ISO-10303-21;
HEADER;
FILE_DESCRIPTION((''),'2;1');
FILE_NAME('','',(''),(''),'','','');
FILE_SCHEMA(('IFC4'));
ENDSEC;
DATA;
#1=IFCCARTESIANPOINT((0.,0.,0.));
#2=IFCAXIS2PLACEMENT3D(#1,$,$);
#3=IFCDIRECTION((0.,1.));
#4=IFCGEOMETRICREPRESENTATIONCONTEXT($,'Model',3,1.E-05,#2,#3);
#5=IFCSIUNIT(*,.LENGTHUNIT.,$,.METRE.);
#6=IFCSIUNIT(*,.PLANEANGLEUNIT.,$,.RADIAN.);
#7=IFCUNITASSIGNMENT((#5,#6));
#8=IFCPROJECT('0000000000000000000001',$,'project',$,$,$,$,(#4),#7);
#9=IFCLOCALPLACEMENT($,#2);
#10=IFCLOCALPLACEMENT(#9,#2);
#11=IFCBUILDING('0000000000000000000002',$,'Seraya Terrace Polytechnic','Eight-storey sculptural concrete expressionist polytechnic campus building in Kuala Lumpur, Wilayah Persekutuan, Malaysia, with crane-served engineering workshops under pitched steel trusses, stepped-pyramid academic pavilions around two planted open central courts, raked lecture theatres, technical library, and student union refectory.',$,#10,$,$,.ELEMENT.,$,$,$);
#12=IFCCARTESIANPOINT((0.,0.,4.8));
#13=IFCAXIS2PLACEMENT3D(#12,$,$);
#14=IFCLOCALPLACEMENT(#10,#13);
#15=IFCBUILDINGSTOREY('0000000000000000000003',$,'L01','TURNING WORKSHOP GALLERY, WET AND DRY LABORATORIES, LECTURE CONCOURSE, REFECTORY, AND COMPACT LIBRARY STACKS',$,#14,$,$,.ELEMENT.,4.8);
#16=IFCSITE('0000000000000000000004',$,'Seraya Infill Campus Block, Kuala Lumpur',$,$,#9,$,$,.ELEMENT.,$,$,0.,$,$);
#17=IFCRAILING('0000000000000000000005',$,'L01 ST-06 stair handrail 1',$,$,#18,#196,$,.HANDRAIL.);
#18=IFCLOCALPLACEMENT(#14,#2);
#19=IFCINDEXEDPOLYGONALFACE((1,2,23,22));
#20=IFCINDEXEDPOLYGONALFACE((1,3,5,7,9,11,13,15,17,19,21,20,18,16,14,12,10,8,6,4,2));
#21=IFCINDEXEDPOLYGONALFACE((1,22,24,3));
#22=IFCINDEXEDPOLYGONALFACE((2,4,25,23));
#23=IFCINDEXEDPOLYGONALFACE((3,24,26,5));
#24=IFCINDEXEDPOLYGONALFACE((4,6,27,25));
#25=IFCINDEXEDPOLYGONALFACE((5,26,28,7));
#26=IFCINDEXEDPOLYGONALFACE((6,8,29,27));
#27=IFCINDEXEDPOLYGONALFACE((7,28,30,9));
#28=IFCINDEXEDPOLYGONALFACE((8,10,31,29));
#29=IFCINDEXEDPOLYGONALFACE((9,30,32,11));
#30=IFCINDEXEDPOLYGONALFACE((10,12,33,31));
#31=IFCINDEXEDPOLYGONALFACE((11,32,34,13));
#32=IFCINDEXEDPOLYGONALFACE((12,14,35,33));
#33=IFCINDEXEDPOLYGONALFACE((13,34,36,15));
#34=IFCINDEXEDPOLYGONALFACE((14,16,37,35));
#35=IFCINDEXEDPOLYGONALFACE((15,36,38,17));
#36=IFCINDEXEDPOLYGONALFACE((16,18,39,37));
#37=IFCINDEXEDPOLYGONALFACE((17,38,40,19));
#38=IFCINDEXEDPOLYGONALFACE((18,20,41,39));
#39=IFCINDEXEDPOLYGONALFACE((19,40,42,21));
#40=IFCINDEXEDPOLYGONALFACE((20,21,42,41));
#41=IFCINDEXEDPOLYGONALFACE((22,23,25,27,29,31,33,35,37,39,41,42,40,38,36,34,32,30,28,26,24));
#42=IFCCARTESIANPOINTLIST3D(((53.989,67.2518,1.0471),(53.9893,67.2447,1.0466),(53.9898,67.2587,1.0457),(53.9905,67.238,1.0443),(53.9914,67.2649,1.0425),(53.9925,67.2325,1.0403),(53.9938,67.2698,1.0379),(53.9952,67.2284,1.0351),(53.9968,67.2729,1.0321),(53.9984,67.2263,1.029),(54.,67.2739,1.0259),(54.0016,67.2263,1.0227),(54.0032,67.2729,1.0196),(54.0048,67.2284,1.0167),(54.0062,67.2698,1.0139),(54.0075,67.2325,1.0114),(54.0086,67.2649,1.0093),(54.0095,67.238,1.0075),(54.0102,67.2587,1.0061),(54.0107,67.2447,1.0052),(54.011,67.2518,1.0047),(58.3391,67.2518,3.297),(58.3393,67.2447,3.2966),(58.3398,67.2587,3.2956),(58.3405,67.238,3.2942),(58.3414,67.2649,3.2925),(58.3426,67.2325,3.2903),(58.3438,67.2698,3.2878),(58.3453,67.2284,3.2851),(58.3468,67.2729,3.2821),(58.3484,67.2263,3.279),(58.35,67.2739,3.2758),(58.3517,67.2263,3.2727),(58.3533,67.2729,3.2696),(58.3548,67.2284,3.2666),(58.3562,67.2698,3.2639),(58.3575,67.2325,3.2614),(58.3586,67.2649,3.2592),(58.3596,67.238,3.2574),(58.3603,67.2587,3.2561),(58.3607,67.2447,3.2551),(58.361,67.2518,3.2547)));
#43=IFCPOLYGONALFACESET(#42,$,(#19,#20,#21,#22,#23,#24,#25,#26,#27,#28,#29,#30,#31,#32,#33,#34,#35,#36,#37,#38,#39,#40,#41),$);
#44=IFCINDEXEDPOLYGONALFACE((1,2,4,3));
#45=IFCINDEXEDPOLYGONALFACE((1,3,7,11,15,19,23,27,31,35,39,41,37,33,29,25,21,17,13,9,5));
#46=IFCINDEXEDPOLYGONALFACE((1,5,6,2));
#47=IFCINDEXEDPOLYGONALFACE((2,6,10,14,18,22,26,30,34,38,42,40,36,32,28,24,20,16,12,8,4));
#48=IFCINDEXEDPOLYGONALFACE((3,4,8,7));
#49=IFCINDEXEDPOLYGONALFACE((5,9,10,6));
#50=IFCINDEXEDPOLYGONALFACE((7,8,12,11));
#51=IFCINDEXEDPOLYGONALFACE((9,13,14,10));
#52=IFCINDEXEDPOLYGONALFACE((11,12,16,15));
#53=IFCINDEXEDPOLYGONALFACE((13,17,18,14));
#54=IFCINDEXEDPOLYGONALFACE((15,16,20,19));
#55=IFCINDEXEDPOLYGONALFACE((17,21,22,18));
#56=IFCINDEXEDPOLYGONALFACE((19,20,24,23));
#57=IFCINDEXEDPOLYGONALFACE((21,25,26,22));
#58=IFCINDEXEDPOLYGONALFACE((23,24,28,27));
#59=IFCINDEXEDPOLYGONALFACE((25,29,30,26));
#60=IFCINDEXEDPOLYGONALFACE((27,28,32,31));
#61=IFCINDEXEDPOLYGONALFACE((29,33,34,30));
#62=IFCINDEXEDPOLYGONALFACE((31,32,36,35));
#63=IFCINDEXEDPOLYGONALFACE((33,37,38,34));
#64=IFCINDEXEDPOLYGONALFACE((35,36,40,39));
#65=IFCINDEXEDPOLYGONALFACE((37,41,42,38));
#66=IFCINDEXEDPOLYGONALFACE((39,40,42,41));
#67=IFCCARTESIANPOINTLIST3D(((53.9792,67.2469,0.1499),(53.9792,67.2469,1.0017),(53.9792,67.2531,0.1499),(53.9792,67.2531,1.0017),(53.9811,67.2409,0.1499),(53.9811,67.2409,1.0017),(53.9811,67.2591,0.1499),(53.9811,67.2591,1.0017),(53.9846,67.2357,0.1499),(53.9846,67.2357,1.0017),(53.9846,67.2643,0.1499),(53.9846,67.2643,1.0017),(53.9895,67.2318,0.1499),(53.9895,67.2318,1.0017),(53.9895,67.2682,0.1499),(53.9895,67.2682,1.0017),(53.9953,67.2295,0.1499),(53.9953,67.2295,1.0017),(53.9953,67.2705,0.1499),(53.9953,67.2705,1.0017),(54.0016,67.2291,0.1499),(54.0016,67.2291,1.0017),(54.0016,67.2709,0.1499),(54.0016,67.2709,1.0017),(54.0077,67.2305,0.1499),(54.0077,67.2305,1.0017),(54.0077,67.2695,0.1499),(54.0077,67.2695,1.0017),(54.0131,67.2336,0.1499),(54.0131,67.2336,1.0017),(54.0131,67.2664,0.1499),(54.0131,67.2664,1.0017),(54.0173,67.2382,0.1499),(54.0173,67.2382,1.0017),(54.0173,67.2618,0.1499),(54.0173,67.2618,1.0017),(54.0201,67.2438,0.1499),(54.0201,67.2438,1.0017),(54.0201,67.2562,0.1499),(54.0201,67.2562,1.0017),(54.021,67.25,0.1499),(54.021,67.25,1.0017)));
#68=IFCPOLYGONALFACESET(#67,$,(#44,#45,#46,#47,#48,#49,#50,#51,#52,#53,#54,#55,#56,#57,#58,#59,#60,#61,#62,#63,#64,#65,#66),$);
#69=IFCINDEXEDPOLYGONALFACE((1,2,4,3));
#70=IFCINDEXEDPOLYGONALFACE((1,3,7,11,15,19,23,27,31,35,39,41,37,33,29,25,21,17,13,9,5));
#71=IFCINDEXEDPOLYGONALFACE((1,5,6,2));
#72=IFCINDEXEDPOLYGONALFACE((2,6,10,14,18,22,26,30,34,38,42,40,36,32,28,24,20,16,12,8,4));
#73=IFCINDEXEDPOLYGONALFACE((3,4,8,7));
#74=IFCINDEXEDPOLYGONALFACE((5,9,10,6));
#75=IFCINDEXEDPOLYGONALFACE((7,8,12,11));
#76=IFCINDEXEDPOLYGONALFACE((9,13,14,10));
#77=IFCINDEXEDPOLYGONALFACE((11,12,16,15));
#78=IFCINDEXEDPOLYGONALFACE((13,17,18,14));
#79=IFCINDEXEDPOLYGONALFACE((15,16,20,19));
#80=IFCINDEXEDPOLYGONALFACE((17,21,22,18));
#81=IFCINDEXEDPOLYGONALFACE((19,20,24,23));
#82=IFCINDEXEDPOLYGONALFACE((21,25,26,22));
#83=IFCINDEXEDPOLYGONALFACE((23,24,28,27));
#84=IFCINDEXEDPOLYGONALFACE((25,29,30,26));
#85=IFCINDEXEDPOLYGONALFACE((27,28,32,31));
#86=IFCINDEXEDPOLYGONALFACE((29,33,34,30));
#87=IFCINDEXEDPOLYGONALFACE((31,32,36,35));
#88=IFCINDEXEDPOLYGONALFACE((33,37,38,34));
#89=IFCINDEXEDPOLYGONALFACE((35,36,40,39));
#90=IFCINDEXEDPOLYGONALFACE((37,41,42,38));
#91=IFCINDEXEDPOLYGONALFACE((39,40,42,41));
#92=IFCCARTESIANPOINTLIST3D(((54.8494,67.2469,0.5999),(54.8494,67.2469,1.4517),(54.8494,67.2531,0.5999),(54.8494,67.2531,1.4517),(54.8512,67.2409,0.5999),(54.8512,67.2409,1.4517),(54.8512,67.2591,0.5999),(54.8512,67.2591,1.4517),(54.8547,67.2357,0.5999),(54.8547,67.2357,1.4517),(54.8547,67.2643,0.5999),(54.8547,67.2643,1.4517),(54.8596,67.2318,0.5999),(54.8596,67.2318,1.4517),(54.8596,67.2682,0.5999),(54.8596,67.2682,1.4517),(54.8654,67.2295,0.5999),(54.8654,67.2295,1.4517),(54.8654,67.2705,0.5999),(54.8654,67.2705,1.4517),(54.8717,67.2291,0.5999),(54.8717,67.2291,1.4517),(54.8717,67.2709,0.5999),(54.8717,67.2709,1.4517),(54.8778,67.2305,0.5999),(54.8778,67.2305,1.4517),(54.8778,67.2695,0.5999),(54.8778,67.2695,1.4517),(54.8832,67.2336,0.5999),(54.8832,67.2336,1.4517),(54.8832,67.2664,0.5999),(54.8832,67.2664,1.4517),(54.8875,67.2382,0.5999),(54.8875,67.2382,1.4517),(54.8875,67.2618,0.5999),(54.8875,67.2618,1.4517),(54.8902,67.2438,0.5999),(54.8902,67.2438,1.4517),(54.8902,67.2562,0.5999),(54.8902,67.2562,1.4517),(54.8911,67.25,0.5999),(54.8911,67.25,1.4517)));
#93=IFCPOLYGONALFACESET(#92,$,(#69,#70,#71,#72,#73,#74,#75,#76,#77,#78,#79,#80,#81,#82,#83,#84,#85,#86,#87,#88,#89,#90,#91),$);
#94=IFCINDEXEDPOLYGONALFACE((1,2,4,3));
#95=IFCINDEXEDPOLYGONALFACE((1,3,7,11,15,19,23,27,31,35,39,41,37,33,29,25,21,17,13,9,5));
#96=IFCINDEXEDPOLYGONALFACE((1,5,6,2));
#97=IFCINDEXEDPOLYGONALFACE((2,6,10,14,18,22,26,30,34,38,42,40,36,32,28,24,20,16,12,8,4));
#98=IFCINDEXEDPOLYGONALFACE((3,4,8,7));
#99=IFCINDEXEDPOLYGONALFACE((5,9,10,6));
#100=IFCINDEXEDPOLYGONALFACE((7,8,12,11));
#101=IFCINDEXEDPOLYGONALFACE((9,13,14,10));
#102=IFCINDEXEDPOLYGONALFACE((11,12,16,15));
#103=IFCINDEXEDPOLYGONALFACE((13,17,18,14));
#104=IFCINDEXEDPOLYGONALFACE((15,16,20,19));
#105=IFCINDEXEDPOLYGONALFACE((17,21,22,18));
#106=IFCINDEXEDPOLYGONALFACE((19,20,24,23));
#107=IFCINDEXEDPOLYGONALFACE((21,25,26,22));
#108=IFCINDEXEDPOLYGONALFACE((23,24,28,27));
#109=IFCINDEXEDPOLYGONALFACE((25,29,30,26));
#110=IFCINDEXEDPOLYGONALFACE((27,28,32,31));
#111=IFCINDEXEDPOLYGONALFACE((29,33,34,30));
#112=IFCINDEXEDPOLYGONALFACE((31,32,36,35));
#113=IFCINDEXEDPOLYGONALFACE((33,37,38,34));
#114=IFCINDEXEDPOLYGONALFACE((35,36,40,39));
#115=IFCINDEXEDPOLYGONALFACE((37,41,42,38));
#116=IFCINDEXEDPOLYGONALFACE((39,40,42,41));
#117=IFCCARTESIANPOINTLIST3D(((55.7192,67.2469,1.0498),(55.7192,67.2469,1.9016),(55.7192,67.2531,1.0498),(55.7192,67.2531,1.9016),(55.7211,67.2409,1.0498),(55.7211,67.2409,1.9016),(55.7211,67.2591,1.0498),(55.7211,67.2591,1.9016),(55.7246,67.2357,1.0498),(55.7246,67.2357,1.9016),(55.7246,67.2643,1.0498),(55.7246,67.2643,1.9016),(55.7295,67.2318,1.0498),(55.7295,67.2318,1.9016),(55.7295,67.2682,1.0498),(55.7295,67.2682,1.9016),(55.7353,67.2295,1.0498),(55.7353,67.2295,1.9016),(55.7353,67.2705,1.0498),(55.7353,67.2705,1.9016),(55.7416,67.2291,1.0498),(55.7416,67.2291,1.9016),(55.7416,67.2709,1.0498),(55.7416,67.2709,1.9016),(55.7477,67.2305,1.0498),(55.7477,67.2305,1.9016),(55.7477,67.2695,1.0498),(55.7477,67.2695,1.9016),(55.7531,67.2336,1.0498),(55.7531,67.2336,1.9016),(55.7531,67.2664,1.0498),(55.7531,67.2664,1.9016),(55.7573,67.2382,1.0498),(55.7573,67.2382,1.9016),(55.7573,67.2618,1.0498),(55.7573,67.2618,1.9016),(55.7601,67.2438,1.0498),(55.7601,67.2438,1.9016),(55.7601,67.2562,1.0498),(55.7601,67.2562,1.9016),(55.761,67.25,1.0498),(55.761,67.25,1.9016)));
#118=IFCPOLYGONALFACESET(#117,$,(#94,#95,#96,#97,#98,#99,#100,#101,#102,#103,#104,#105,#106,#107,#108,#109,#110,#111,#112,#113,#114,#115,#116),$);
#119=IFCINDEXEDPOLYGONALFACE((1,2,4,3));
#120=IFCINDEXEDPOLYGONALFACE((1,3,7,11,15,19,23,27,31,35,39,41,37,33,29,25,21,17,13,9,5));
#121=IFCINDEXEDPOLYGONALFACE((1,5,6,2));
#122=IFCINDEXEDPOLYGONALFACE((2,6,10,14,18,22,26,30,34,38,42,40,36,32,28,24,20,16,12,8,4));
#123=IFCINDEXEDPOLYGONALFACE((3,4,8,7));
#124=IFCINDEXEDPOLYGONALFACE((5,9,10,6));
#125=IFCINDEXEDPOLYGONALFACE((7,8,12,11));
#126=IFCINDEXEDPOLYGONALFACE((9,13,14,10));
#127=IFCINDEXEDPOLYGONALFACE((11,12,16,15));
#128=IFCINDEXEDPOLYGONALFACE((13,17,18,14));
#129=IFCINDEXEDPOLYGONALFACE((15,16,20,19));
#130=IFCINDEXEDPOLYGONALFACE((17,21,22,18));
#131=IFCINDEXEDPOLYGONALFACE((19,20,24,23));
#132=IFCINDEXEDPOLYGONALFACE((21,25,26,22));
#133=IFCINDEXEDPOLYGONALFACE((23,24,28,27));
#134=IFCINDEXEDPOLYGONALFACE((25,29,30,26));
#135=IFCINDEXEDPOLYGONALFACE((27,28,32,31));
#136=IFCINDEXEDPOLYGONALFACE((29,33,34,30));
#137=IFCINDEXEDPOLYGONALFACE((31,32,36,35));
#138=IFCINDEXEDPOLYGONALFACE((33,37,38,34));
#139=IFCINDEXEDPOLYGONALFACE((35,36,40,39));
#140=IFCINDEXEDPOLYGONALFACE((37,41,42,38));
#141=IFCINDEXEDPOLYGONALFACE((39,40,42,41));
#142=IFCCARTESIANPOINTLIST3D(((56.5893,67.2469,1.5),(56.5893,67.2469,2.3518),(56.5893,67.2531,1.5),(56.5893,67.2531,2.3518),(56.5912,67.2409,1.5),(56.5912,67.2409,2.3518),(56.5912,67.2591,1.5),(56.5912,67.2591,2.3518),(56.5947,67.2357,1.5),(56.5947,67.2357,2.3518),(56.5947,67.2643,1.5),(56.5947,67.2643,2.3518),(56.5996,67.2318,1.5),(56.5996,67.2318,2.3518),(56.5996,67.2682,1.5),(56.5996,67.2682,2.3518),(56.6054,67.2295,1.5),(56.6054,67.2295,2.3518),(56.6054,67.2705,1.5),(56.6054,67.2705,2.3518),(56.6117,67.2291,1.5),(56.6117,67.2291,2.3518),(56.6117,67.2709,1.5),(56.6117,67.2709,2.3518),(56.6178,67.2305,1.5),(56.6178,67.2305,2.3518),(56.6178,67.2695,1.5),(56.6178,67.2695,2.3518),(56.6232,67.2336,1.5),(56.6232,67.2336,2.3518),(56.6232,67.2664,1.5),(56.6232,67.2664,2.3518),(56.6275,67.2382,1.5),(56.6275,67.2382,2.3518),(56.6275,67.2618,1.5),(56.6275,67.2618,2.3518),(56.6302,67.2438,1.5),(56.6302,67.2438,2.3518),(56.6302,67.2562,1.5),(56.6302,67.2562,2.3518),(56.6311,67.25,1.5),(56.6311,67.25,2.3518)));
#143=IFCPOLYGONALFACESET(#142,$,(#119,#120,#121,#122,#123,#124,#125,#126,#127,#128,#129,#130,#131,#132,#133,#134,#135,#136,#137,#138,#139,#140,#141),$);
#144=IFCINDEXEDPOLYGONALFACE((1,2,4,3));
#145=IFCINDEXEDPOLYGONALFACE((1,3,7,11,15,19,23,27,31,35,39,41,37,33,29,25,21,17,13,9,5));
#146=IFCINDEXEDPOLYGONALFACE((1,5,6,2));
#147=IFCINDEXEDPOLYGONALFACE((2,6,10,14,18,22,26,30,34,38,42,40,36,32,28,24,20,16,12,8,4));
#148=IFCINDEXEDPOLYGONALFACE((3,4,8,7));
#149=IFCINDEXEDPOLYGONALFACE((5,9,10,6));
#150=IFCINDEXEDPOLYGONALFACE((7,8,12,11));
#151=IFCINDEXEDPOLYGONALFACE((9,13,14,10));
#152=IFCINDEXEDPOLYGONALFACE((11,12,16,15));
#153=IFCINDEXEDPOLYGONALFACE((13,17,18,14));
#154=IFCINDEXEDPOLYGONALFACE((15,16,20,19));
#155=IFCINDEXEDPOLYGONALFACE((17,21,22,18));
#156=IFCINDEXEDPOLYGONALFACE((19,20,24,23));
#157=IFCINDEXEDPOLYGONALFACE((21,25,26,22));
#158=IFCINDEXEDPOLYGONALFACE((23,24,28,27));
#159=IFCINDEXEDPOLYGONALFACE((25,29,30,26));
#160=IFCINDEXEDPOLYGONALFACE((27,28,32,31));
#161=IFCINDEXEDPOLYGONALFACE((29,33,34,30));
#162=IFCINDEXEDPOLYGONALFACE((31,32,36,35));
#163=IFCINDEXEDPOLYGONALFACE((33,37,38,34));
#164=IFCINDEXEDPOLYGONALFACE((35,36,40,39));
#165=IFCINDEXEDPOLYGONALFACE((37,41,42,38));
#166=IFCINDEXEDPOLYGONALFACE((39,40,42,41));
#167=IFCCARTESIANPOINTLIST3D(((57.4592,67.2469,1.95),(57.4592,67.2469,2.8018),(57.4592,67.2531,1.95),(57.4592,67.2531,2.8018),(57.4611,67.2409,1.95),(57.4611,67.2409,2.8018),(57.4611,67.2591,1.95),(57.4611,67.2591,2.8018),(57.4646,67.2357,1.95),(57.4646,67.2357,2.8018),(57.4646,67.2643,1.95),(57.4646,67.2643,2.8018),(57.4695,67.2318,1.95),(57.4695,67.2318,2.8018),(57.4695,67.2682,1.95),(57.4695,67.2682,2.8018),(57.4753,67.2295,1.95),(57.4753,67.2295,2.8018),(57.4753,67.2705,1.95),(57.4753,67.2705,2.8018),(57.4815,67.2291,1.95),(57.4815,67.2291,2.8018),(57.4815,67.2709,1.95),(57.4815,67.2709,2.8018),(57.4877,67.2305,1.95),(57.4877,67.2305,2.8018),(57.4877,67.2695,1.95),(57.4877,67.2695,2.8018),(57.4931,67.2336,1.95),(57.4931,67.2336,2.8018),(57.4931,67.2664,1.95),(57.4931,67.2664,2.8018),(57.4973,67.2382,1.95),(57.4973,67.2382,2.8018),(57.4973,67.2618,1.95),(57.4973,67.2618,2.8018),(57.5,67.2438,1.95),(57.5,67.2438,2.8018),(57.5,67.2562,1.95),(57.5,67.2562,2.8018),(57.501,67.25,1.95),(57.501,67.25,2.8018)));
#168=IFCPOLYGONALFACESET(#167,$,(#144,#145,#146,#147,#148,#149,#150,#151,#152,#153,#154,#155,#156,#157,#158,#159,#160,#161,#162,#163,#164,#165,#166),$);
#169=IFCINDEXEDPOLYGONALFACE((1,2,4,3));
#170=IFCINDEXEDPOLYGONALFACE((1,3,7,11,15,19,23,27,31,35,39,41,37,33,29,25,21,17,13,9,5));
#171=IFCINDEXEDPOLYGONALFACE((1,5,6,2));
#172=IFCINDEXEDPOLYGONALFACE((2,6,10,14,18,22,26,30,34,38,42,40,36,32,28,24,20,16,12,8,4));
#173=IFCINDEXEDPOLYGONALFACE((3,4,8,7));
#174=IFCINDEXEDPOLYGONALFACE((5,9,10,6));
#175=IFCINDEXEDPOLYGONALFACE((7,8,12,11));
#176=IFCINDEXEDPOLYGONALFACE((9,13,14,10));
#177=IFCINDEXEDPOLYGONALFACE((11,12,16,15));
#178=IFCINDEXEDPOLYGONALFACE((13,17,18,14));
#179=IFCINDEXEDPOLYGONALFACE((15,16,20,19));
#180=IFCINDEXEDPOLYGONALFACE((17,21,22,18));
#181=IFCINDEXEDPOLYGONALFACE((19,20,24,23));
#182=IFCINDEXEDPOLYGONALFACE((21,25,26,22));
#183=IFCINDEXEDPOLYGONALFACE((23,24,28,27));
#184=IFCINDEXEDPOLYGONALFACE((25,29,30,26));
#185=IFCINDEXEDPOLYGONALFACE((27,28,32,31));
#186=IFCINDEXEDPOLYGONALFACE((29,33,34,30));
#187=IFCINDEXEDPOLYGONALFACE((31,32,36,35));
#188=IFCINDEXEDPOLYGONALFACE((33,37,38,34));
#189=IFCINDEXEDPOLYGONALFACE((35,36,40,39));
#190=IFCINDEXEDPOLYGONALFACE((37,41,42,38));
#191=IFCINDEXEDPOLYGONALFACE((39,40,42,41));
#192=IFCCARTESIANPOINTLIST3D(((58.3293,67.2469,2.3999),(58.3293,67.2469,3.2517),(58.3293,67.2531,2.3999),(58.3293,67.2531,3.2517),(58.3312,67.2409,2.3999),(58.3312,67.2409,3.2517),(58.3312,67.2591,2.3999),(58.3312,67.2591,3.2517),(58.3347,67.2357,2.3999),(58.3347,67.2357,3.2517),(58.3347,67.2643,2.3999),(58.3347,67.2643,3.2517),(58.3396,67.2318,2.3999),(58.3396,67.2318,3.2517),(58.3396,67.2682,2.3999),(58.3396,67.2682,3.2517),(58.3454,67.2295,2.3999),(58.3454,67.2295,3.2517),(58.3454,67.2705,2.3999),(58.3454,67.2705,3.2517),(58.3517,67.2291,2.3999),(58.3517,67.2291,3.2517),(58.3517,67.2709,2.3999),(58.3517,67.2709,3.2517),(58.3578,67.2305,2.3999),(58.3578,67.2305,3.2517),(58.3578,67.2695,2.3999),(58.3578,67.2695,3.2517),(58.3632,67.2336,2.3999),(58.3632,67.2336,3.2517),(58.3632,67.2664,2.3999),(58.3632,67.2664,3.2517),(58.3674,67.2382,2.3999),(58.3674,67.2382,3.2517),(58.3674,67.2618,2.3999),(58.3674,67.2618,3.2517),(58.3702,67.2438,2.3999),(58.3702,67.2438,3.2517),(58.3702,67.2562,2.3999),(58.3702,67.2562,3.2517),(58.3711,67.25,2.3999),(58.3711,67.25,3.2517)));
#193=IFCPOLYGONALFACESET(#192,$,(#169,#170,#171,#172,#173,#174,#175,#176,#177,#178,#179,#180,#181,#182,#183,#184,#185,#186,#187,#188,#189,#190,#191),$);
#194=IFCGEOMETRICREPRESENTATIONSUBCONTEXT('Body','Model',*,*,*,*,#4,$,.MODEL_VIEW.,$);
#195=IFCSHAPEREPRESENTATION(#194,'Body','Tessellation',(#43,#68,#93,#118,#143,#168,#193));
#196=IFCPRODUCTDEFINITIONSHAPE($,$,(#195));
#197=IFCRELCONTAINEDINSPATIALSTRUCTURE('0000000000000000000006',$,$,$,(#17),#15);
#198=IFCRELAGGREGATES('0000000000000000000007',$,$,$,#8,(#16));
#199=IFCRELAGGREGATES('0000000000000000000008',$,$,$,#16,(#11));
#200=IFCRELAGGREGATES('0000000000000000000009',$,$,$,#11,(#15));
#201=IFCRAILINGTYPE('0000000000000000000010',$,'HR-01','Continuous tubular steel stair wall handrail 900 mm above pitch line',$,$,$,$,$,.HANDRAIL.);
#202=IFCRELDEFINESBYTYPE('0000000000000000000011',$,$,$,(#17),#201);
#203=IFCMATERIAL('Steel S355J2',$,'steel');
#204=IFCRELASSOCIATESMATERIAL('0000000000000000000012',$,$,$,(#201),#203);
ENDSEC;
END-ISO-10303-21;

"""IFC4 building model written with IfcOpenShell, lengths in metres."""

from ifc_helpers import new_model, si_unit, direction, frame, origin, origin_2d, place, context, subcontext, project, spatial, circle, extrude, material, type_object, element, save


model = new_model("IFC4")

# Units and contexts
model_context = context("Model", 3, precision=1e-05, world=origin(), true_north=direction((0.0, 1.0)))
body_context = subcontext(model_context, "Body", "Model", "MODEL_VIEW")
ifc_project = project(units=[si_unit("LENGTHUNIT", "METRE"), si_unit("PLANEANGLEUNIT", "RADIAN")], contexts=[model_context])

# Site, building, storey
site_placement = place(None, origin())
site = spatial("IfcSite", under=ifc_project, at=site_placement, Name="Seraya Infill Campus Block, Kuala Lumpur", CompositionType="ELEMENT", RefElevation=0.0)
building_placement = place(site_placement, origin())
building = spatial("IfcBuilding", under=site, at=building_placement, Name="Seraya Terrace Polytechnic", Description="Eight-storey sculptural concrete expressionist polytechnic campus building in Kuala Lumpur, Wilayah Persekutuan, Malaysia, with crane-served engineering workshops under pitched steel trusses, stepped-pyramid academic pavilions around two planted open central courts, raked lecture theatres, technical library, and student union refectory.", CompositionType="ELEMENT")
storey_placement = place(building_placement, frame((0.0, 0.0, 4.8)))
storey = spatial("IfcBuildingStorey", under=building, at=storey_placement, Name="L01", Description="TURNING WORKSHOP GALLERY, WET AND DRY LABORATORIES, LECTURE CONCOURSE, REFECTORY, AND COMPACT LIBRARY STACKS", CompositionType="ELEMENT", Elevation=4.8)

# Shared definitions
ifc_material_1 = material(Name="Steel S355J2", Category="steel")

# Railing
railing_type_1 = type_object("IfcRailingType", Name="HR-01", Description="Continuous tubular steel stair wall handrail 900 mm above pitch line", PredefinedType="HANDRAIL", material=ifc_material_1)
railing_1_placement = place(storey_placement, frame((54.0, 67.25, 0.1499)))
element("IfcRailing", 1, at=railing_1_placement, inside=storey, type_object=railing_type_1, Name="L01 ST-06 stair handrail 1", PredefinedType="HANDRAIL", context=body_context, shape_type="SweptSolid", body=[
    extrude(circle(Radius=0.0239, at=origin_2d()), frame((0.0, 0.0, 0.876), z_axis=(0.888222, 0.0, 0.459415), x_axis=(0.0, 1.0, 0.0)), (0.0, 0.0, 1.0), 4.8975),
    extrude(circle(Radius=0.021, at=origin_2d()), origin(), (0.0, 0.0, 1.0), 0.8518),
    extrude(circle(Radius=0.021, at=origin_2d()), frame((0.8701, 0.0, 0.45)), (0.0, 0.0, 1.0), 0.8518),
    extrude(circle(Radius=0.021, at=origin_2d()), frame((1.74, 0.0, 0.8999)), (0.0, 0.0, 1.0), 0.8518),
    extrude(circle(Radius=0.021, at=origin_2d()), frame((2.6101, 0.0, 1.3501)), (0.0, 0.0, 1.0), 0.8518),
    extrude(circle(Radius=0.021, at=origin_2d()), frame((3.48, 0.0, 1.8)), (0.0, 0.0, 1.0), 0.8518),
    extrude(circle(Radius=0.021, at=origin_2d()), frame((4.3501, 0.0, 2.25)), (0.0, 0.0, 1.0), 0.8518),
])

save(model, "model.ifc")
